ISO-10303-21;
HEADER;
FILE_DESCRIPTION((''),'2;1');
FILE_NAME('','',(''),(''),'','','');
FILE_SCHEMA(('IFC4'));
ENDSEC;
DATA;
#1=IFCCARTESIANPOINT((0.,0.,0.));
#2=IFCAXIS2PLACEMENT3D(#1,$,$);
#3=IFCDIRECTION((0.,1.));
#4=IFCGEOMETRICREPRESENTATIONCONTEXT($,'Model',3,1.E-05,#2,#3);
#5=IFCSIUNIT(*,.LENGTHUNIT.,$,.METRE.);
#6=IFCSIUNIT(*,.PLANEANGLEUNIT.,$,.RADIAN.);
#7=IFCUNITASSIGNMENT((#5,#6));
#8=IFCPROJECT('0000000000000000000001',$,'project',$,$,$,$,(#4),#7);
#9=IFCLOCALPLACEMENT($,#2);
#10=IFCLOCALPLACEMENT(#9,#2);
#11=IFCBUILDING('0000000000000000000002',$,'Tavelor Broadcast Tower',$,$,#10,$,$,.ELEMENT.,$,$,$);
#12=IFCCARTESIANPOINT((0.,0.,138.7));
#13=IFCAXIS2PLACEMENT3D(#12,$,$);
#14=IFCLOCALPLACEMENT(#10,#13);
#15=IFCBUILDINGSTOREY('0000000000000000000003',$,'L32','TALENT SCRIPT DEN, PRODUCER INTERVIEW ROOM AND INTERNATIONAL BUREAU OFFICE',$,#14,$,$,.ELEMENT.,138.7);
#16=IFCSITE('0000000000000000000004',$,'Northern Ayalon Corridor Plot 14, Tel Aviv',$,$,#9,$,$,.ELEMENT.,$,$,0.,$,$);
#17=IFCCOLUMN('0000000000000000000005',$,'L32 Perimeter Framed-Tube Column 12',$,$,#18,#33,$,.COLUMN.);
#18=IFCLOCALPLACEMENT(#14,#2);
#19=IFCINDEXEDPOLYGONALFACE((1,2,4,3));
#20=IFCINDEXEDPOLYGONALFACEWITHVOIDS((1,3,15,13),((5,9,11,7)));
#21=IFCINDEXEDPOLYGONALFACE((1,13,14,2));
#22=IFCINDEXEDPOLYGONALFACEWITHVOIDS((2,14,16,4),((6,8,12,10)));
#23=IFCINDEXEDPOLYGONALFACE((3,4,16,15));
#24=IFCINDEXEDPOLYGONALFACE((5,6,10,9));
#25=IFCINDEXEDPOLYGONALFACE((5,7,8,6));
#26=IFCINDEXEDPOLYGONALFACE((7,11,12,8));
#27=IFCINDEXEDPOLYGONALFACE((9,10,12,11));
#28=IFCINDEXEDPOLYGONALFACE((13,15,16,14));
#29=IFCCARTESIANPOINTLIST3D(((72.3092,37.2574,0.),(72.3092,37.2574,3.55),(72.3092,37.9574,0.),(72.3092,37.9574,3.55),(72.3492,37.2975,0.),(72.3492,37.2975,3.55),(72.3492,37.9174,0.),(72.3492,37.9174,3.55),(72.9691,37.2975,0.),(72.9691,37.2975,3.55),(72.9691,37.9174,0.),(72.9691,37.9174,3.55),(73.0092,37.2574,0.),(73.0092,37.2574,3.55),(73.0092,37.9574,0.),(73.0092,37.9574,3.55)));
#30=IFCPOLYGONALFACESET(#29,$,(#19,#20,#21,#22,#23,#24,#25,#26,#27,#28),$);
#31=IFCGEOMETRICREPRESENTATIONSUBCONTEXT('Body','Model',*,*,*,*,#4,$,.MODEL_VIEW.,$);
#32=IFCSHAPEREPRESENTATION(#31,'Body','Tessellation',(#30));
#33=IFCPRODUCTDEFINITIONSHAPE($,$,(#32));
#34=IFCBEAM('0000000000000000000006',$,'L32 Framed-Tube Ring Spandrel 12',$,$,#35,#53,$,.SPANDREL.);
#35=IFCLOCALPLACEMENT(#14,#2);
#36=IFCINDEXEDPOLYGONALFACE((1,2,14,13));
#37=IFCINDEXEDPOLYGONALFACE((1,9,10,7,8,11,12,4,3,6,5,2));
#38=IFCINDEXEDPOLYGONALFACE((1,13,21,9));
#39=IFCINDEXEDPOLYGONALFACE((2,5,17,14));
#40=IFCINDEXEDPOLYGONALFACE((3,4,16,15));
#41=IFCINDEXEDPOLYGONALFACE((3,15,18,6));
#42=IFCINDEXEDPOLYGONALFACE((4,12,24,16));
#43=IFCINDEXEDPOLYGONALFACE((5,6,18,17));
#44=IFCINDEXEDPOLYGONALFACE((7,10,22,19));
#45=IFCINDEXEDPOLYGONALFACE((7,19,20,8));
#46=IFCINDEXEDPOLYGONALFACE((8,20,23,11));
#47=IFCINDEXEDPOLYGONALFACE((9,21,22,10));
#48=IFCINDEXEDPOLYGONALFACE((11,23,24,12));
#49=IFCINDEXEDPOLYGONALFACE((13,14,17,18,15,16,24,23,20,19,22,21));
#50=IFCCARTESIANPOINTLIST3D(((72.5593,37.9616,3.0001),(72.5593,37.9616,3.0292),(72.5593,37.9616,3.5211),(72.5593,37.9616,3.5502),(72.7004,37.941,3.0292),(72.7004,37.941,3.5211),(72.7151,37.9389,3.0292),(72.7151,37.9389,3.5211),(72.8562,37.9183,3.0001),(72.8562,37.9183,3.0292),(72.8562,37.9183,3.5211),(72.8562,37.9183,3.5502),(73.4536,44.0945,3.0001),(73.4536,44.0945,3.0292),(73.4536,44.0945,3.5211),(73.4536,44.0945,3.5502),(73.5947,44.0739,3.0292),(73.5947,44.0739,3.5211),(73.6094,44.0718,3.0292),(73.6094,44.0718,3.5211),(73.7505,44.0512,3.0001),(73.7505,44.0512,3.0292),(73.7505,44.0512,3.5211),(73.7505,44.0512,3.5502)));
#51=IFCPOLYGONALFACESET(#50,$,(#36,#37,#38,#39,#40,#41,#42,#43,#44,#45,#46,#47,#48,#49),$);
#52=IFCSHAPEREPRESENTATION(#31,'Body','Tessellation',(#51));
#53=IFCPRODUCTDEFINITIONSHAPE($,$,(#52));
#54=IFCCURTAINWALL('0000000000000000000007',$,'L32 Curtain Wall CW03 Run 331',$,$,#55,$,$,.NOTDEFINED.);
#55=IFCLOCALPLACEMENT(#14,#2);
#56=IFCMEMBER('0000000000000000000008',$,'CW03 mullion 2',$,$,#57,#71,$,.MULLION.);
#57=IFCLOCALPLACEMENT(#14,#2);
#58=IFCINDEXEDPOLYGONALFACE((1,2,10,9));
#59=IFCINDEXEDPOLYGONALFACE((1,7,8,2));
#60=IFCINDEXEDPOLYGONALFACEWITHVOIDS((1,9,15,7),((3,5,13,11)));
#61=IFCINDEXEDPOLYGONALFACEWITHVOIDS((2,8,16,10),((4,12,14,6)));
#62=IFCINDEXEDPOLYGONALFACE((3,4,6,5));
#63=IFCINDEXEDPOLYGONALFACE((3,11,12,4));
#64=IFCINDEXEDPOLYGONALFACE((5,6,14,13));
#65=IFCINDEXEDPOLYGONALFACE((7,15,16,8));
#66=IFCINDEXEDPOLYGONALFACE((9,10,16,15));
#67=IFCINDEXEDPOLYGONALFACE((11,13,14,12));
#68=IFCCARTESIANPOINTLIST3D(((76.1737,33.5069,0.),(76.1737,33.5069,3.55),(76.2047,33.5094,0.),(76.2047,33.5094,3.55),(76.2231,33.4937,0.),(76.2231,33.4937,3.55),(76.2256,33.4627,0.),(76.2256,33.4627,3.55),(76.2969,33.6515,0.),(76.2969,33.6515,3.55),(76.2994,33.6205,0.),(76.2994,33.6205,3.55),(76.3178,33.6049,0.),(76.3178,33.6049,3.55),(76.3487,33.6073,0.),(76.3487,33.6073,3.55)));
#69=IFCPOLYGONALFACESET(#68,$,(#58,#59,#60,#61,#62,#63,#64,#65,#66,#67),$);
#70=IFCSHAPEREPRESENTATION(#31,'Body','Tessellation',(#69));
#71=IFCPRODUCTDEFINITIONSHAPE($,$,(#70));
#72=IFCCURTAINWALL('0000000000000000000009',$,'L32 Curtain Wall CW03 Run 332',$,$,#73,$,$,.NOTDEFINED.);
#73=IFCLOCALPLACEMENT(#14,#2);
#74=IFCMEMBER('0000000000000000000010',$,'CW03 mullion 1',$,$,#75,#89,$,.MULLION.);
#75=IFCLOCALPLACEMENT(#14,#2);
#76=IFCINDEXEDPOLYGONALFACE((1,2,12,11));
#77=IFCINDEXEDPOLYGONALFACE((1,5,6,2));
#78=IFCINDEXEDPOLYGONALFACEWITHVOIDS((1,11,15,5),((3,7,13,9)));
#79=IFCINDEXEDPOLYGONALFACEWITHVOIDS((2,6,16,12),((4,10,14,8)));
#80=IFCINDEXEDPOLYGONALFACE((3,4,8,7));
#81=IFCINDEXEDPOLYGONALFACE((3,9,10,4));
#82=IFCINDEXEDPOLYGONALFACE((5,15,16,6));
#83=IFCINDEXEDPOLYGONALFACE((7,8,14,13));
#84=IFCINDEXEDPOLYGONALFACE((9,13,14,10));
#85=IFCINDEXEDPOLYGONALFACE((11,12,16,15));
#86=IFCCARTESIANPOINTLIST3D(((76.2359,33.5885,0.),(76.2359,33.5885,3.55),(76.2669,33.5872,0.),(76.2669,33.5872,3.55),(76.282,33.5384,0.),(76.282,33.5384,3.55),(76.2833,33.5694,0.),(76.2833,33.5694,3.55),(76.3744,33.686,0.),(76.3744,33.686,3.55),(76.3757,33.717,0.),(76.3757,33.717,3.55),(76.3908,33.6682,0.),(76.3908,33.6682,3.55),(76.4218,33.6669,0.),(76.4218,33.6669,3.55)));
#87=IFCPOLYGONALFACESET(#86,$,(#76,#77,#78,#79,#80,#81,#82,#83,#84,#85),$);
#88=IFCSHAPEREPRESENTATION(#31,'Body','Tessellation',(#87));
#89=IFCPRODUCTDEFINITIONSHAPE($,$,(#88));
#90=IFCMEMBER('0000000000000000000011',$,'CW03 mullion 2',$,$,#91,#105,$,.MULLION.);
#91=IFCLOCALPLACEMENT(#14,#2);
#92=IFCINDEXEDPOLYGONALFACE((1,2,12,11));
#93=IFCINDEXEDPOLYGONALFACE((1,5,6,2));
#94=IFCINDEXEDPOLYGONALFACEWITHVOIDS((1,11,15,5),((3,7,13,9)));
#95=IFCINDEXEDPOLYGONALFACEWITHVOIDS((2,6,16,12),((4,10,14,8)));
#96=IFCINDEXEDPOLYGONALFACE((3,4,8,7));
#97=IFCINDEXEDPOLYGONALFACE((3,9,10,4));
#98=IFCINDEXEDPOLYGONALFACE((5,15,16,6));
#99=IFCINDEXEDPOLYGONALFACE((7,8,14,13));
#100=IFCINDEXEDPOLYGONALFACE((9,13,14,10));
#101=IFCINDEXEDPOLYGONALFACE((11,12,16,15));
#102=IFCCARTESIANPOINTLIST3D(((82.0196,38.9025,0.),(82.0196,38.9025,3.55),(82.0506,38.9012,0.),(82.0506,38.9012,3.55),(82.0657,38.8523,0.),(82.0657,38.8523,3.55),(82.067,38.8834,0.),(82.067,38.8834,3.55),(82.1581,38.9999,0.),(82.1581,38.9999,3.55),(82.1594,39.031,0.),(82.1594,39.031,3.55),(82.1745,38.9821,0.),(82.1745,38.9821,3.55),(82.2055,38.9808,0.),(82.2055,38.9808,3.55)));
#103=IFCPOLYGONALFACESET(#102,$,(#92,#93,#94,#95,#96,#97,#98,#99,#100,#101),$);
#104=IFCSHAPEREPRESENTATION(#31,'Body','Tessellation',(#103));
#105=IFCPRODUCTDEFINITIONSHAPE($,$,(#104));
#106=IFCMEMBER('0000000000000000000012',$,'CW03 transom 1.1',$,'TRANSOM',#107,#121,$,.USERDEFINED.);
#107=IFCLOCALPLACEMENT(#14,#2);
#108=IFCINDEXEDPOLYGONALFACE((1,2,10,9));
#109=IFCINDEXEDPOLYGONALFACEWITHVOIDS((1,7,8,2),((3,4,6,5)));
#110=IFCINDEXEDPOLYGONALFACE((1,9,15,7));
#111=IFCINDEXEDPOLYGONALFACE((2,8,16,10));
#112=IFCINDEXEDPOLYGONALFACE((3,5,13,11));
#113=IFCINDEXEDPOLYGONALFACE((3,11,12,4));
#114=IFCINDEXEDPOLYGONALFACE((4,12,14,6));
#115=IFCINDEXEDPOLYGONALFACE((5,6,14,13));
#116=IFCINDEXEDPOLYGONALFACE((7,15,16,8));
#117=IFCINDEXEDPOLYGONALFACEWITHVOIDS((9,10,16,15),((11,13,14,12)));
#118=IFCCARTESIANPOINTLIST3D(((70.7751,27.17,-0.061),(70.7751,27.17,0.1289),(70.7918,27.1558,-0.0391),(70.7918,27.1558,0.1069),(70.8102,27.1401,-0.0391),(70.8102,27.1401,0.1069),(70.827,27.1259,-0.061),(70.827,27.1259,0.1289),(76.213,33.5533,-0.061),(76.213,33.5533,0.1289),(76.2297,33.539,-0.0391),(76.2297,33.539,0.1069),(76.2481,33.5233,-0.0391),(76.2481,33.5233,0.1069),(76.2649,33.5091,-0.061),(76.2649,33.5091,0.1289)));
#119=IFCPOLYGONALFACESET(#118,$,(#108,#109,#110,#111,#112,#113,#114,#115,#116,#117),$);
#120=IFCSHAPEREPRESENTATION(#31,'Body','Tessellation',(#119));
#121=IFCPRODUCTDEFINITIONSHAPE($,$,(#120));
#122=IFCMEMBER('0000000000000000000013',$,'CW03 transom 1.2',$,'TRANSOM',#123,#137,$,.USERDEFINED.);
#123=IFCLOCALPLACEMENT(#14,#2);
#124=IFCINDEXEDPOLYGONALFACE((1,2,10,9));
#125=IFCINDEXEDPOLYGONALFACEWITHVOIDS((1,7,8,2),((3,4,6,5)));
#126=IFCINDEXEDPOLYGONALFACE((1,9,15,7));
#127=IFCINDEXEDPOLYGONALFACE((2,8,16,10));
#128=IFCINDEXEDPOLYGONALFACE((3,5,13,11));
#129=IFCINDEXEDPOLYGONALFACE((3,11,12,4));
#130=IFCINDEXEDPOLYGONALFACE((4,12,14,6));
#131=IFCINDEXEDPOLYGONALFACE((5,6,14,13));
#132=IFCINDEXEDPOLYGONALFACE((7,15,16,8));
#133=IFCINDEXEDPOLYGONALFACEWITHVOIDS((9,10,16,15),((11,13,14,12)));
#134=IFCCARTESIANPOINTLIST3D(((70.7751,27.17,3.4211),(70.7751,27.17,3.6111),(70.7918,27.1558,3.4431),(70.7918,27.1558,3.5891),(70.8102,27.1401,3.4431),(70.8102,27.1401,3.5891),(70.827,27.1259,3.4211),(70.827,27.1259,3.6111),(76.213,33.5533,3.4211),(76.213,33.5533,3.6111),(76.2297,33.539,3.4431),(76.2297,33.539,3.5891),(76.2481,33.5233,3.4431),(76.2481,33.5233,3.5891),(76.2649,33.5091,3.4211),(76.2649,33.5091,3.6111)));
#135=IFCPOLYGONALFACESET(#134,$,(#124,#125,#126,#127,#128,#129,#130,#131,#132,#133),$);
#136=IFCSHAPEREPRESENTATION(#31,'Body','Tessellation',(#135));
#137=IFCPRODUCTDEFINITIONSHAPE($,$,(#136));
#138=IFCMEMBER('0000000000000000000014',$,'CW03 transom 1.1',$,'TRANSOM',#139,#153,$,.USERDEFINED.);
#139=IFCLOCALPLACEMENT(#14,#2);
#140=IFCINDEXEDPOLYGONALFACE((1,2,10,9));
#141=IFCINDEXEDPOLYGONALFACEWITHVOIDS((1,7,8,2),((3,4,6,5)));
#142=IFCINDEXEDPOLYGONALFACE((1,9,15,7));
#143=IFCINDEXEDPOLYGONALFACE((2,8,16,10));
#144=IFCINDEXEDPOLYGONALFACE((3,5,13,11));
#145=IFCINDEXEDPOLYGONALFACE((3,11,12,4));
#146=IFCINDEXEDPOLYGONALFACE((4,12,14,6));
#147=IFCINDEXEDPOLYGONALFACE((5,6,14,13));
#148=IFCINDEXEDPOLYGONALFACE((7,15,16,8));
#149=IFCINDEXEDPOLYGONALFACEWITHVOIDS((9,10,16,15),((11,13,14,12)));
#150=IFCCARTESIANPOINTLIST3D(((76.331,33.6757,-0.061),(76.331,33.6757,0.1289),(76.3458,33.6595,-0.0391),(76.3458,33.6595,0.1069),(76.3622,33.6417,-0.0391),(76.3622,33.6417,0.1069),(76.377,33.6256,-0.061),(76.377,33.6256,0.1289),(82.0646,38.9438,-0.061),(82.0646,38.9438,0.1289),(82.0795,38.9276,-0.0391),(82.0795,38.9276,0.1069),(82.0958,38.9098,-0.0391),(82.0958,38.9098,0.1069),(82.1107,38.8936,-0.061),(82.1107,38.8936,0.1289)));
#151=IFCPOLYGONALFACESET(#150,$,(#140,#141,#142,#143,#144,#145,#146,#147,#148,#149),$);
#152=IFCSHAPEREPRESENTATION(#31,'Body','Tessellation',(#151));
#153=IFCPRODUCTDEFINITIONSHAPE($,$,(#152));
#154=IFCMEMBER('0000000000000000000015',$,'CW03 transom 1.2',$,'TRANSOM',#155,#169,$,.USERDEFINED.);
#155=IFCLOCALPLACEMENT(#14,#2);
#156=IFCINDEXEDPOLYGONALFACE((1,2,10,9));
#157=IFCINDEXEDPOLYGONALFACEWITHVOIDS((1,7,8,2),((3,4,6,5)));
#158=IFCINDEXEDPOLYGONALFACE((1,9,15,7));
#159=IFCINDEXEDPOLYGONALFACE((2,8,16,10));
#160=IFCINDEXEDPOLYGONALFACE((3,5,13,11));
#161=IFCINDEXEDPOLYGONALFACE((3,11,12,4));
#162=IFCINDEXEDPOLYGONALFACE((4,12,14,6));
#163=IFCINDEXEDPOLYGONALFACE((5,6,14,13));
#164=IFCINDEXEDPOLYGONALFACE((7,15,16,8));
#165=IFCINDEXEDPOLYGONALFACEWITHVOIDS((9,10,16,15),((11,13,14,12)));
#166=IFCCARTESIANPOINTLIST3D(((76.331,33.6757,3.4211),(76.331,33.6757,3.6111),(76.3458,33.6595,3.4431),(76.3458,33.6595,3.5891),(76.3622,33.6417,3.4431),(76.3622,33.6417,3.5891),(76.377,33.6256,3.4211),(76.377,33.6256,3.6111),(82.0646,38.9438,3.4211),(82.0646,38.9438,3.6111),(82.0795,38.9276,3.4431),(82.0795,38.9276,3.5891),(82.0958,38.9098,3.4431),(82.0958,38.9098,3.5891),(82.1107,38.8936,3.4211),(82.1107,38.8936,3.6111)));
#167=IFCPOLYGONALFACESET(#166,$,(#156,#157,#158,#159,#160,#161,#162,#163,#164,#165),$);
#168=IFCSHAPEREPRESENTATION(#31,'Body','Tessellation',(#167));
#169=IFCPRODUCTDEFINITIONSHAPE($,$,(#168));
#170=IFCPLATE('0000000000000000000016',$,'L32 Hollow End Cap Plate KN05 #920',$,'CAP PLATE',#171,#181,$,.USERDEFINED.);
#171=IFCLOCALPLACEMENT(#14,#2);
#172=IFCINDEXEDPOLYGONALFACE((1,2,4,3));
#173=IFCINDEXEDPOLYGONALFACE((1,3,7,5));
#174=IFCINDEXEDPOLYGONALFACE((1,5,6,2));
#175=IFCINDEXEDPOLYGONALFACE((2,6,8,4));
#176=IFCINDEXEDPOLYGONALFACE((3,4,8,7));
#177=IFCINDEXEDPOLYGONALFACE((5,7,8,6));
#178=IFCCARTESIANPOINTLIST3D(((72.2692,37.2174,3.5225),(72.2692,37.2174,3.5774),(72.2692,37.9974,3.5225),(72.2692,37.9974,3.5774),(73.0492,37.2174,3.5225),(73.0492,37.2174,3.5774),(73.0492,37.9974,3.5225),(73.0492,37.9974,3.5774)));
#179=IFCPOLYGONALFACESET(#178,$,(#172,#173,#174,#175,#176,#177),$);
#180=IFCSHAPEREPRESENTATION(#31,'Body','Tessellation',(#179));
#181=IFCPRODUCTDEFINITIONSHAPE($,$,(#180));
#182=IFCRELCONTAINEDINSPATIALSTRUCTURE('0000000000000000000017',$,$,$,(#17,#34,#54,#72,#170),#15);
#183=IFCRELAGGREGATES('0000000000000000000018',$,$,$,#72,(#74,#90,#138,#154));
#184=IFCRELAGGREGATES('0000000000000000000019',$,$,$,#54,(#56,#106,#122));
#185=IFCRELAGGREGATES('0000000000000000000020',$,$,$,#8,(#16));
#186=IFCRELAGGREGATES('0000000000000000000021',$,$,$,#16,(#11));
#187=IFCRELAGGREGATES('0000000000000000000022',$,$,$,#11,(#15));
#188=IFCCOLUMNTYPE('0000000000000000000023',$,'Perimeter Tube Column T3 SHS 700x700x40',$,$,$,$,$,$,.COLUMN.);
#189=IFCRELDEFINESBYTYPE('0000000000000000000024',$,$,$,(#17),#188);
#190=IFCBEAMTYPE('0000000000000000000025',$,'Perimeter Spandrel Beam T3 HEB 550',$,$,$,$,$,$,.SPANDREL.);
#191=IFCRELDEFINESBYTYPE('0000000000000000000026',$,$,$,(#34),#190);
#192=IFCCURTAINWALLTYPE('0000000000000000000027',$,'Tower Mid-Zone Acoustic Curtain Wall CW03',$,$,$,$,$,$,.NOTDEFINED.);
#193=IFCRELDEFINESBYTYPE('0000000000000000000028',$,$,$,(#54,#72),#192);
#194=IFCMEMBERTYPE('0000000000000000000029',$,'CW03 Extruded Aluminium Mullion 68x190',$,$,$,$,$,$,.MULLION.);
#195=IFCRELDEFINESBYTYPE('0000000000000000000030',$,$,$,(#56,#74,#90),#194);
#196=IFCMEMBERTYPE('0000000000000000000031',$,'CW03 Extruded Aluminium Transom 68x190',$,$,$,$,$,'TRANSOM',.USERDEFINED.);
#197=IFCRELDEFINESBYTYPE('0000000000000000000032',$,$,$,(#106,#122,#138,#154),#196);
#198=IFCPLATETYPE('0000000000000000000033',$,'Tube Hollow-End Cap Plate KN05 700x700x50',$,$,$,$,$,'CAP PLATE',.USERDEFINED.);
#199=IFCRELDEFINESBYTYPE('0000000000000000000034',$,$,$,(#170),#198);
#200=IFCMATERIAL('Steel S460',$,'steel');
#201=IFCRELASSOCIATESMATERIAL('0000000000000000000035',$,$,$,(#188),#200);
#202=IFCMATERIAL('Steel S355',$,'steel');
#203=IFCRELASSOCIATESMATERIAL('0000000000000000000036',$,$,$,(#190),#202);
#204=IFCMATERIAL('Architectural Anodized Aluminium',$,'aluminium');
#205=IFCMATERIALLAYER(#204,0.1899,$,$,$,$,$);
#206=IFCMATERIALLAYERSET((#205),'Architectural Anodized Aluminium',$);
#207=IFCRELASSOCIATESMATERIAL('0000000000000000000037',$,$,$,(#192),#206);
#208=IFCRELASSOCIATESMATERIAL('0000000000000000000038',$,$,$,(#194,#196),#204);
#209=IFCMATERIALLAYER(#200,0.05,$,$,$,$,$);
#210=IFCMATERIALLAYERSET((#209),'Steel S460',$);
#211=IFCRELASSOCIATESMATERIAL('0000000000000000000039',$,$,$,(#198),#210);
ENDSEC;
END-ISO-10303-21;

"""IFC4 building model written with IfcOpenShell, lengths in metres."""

from ifc_helpers import new_model, si_unit, direction, frame, origin, origin_2d, place, context, subcontext, project, spatial, rectangle, hollow_rectangle, i_section, extrude, source, transform, mapped, material, layer, layer_set, material_profile, profile_set, type_object, type_shapes, element, aggregate, save


model = new_model("IFC4")

# Units and contexts
model_context = context("Model", 3, precision=1e-05, world=origin(), true_north=direction((0.0, 1.0)))
body_context = subcontext(model_context, "Body", "Model", "MODEL_VIEW")
ifc_project = project(units=[si_unit("LENGTHUNIT", "METRE"), si_unit("PLANEANGLEUNIT", "RADIAN")], contexts=[model_context])

# Site, building, storey
site_placement = place(None, origin())
site = spatial("IfcSite", under=ifc_project, at=site_placement, Name="Northern Ayalon Corridor Plot 14, Tel Aviv", CompositionType="ELEMENT", RefElevation=0.0)
building_placement = place(site_placement, origin())
building = spatial("IfcBuilding", under=site, at=building_placement, Name="Tavelor Broadcast Tower", CompositionType="ELEMENT")
storey_placement = place(building_placement, frame((0.0, 0.0, 138.7)))
storey = spatial("IfcBuildingStorey", under=building, at=storey_placement, Name="L32", Description="TALENT SCRIPT DEN, PRODUCER INTERVIEW ROOM AND INTERNATIONAL BUREAU OFFICE", CompositionType="ELEMENT", Elevation=138.7)

# Column
ifc_material_1 = material(Name="Steel S460", Category="steel")
ifc_material_profile_1 = material_profile(ifc_material_1, hollow_rectangle(XDim=0.7, YDim=0.7, WallThickness=0.04, at=origin_2d()), Name="SHS 700x700x40")
ifc_profile_set_1 = profile_set([ifc_material_profile_1], Name="Steel S460")
column_type = type_object("IfcColumnType", Name="Perimeter Tube Column T3 SHS 700x700x40", PredefinedType="COLUMN", material=ifc_profile_set_1)
column_placement = place(storey_placement, frame((72.6592, 37.6074, 0.0), z_axis=(0.0, 0.0, 1.0), x_axis=(1.0, 0.0, 0.0)))
element("IfcColumn", 1, at=column_placement, inside=storey, type_object=column_type, Name="L32 Perimeter Framed-Tube Column 12", PredefinedType="COLUMN", context=body_context, shape_type="SweptSolid", body=[
    extrude(hollow_rectangle(XDim=0.7, YDim=0.7, WallThickness=0.04, at=origin_2d()), origin(), (0.0, 0.0, 1.0), 3.55),
])

# Beam
ifc_material_2 = material(Name="Steel S355", Category="steel")
ifc_material_profile_2 = material_profile(ifc_material_2, i_section(OverallWidth=0.3, OverallDepth=0.55, WebThickness=0.0149, FlangeThickness=0.0291, at=origin_2d()), Name="HEB 550")
ifc_profile_set_2 = profile_set([ifc_material_profile_2], Name="Steel S355")
beam_type = type_object("IfcBeamType", Name="Perimeter Spandrel Beam T3 HEB 550", PredefinedType="SPANDREL", material=ifc_profile_set_2)
beam_placement = place(storey_placement, frame((72.7078, 37.9399, 3.2751), z_axis=(0.144294, 0.989535, 0.0), x_axis=(-0.989535, 0.144294, 0.0)))
element("IfcBeam", 2, at=beam_placement, inside=storey, type_object=beam_type, Name="L32 Framed-Tube Ring Spandrel 12", PredefinedType="SPANDREL", context=body_context, shape_type="SweptSolid", body=[
    extrude(i_section(OverallWidth=0.3, OverallDepth=0.55, WebThickness=0.0149, FlangeThickness=0.0291, at=origin_2d()), origin(), (0.0, 0.0, 1.0), 6.1978),
])

# Curtain wall, member
ifc_material_3 = material(Name="Architectural Anodized Aluminium", Category="aluminium")
ifc_layer_1 = layer(ifc_material_3, 0.1899)
ifc_layer_set_1 = layer_set([ifc_layer_1], Name="Architectural Anodized Aluminium")
curtain_wall_type = type_object("IfcCurtainWallType", Name="Tower Mid-Zone Acoustic Curtain Wall CW03", PredefinedType="NOTDEFINED", material=ifc_layer_set_1)
curtain_wall_1_placement = place(storey_placement, origin())
curtain_wall_1 = element("IfcCurtainWall", 3, at=curtain_wall_1_placement, inside=storey, type_object=curtain_wall_type, Name="L32 Curtain Wall CW03 Run 331", PredefinedType="NOTDEFINED")
ifc_material_profile_3 = material_profile(ifc_material_3, hollow_rectangle(XDim=0.0681, YDim=0.1899, WallThickness=0.022, at=origin_2d()), Name="RHS 68x190x22")
ifc_profile_set_3 = profile_set([ifc_material_profile_3], Name="Architectural Anodized Aluminium")
member_type_1 = type_object("IfcMemberType", Name="CW03 Extruded Aluminium Mullion 68x190", PredefinedType="MULLION", material=ifc_profile_set_3)
shared_shape_1 = source(origin(), body_context, "Body", "SweptSolid", [
    extrude(hollow_rectangle(XDim=0.0681, YDim=0.1899, WallThickness=0.022, at=origin_2d()), origin(), (0.0, 0.0, 1.0), 3.55),
])
type_shapes(member_type_1, [shared_shape_1])
member_1_placement = place(storey_placement, frame((76.2612, 33.5571, 0.0), z_axis=(0.0, 0.0, 1.0), x_axis=(-0.761225, 0.648488, 0.0)))
member_1 = element("IfcMember", 4, at=member_1_placement, type_object=member_type_1, Name="CW03 mullion 2", PredefinedType="MULLION", context=body_context, shape_type="MappedRepresentation", body=[
    mapped(shared_shape_1, transform((0.0, 0.0, 0.0), scale=1.0)),
])

# Curtain wall, members
curtain_wall_2_placement = place(storey_placement, origin())
curtain_wall_2 = element("IfcCurtainWall", 5, at=curtain_wall_2_placement, inside=storey, type_object=curtain_wall_type, Name="L32 Curtain Wall CW03 Run 332", PredefinedType="NOTDEFINED")
member_2_placement = place(storey_placement, frame((76.3289, 33.6277, 0.0), z_axis=(0.0, 0.0, 1.0), x_axis=(-0.676578, 0.736371, 0.0)))
member_2 = element("IfcMember", 6, at=member_2_placement, type_object=member_type_1, Name="CW03 mullion 1", PredefinedType="MULLION", context=body_context, shape_type="MappedRepresentation", body=[
    mapped(shared_shape_1, transform((0.0, 0.0, 0.0), scale=1.0)),
])
member_3_placement = place(storey_placement, frame((82.1125, 38.9417, 0.0), z_axis=(0.0, 0.0, 1.0), x_axis=(-0.676578, 0.736371, 0.0)))
member_3 = element("IfcMember", 7, at=member_3_placement, type_object=member_type_1, Name="CW03 mullion 2", PredefinedType="MULLION", context=body_context, shape_type="MappedRepresentation", body=[
    mapped(shared_shape_1, transform((0.0, 0.0, 0.0), scale=1.0)),
])

# Members
ifc_material_profile_4 = material_profile(ifc_material_3, hollow_rectangle(XDim=0.0681, YDim=0.1899, WallThickness=0.022, at=origin_2d()), Name="RHS 68x190x22")
ifc_profile_set_4 = profile_set([ifc_material_profile_4], Name="Architectural Anodized Aluminium")
member_type_2 = type_object("IfcMemberType", Name="CW03 Extruded Aluminium Transom 68x190", ElementType="TRANSOM", PredefinedType="USERDEFINED", material=ifc_profile_set_4)
shared_shape_2 = source(origin(), body_context, "Body", "SweptSolid", [
    extrude(hollow_rectangle(XDim=0.0681, YDim=0.1899, WallThickness=0.022, at=origin_2d()), origin(), (0.0, 0.0, 1.0), 8.3855),
])
member_4_placement = place(storey_placement, frame((70.801, 27.1479, 0.0339), z_axis=(0.648491, 0.761222, 0.0), x_axis=(-0.761222, 0.648491, 0.0)))
member_4 = element("IfcMember", 8, at=member_4_placement, type_object=member_type_2, Name="CW03 transom 1.1", ObjectType="TRANSOM", PredefinedType="USERDEFINED", context=body_context, shape_type="MappedRepresentation", body=[
    mapped(shared_shape_2, transform((0.0, 0.0, 0.0), scale=1.0)),
])
member_5_placement = place(storey_placement, frame((70.801, 27.1479, 3.5161), z_axis=(0.648491, 0.761222, 0.0), x_axis=(-0.761222, 0.648491, 0.0)))
member_5 = element("IfcMember", 9, at=member_5_placement, type_object=member_type_2, Name="CW03 transom 1.2", ObjectType="TRANSOM", PredefinedType="USERDEFINED", context=body_context, shape_type="MappedRepresentation", body=[
    mapped(shared_shape_2, transform((0.0, 0.0, 0.0), scale=1.0)),
])
shared_shape_3 = source(origin(), body_context, "Body", "SweptSolid", [
    extrude(hollow_rectangle(XDim=0.0681, YDim=0.1899, WallThickness=0.022, at=origin_2d()), origin(), (0.0, 0.0, 1.0), 7.7864),
])
type_shapes(member_type_2, [shared_shape_2, shared_shape_3])
member_6_placement = place(storey_placement, frame((76.354, 33.6506, 0.0339), z_axis=(0.736371, 0.676578, 0.0), x_axis=(-0.676578, 0.736371, 0.0)))
member_6 = element("IfcMember", 10, at=member_6_placement, type_object=member_type_2, Name="CW03 transom 1.1", ObjectType="TRANSOM", PredefinedType="USERDEFINED", context=body_context, shape_type="MappedRepresentation", body=[
    mapped(shared_shape_3, transform((0.0, 0.0, 0.0), scale=1.0)),
])
member_7_placement = place(storey_placement, frame((76.354, 33.6506, 3.5161), z_axis=(0.736371, 0.676578, 0.0), x_axis=(-0.676578, 0.736371, 0.0)))
member_7 = element("IfcMember", 11, at=member_7_placement, type_object=member_type_2, Name="CW03 transom 1.2", ObjectType="TRANSOM", PredefinedType="USERDEFINED", context=body_context, shape_type="MappedRepresentation", body=[
    mapped(shared_shape_3, transform((0.0, 0.0, 0.0), scale=1.0)),
])

# Plate
ifc_layer_2 = layer(ifc_material_1, 0.05)
ifc_layer_set_2 = layer_set([ifc_layer_2], Name="Steel S460")
plate_type_1 = type_object("IfcPlateType", Name="Tube Hollow-End Cap Plate KN05 700x700x50", ElementType="CAP PLATE", PredefinedType="USERDEFINED", material=ifc_layer_set_2)
shared_shape_4 = source(origin(), body_context, "Body", "SweptSolid", [
    extrude(rectangle(XDim=0.78, YDim=0.78, at=origin_2d()), origin(), (0.0, 0.0, 1.0), 0.0549),
])
type_shapes(plate_type_1, [shared_shape_4])
plate_1_placement = place(storey_placement, frame((72.6592, 37.6074, 3.5225), z_axis=(0.0, 0.0, 1.0), x_axis=(1.0, 0.0, 0.0)))
element("IfcPlate", 12, at=plate_1_placement, inside=storey, type_object=plate_type_1, Name="L32 Hollow End Cap Plate KN05 #920", ObjectType="CAP PLATE", PredefinedType="USERDEFINED", context=body_context, shape_type="MappedRepresentation", body=[
    mapped(shared_shape_4, transform((0.0, 0.0, 0.0), scale=1.0)),
])
aggregate(curtain_wall_2, [member_2, member_3, member_6, member_7])
aggregate(curtain_wall_1, [member_1, member_4, member_5])

save(model, "model.ifc")
